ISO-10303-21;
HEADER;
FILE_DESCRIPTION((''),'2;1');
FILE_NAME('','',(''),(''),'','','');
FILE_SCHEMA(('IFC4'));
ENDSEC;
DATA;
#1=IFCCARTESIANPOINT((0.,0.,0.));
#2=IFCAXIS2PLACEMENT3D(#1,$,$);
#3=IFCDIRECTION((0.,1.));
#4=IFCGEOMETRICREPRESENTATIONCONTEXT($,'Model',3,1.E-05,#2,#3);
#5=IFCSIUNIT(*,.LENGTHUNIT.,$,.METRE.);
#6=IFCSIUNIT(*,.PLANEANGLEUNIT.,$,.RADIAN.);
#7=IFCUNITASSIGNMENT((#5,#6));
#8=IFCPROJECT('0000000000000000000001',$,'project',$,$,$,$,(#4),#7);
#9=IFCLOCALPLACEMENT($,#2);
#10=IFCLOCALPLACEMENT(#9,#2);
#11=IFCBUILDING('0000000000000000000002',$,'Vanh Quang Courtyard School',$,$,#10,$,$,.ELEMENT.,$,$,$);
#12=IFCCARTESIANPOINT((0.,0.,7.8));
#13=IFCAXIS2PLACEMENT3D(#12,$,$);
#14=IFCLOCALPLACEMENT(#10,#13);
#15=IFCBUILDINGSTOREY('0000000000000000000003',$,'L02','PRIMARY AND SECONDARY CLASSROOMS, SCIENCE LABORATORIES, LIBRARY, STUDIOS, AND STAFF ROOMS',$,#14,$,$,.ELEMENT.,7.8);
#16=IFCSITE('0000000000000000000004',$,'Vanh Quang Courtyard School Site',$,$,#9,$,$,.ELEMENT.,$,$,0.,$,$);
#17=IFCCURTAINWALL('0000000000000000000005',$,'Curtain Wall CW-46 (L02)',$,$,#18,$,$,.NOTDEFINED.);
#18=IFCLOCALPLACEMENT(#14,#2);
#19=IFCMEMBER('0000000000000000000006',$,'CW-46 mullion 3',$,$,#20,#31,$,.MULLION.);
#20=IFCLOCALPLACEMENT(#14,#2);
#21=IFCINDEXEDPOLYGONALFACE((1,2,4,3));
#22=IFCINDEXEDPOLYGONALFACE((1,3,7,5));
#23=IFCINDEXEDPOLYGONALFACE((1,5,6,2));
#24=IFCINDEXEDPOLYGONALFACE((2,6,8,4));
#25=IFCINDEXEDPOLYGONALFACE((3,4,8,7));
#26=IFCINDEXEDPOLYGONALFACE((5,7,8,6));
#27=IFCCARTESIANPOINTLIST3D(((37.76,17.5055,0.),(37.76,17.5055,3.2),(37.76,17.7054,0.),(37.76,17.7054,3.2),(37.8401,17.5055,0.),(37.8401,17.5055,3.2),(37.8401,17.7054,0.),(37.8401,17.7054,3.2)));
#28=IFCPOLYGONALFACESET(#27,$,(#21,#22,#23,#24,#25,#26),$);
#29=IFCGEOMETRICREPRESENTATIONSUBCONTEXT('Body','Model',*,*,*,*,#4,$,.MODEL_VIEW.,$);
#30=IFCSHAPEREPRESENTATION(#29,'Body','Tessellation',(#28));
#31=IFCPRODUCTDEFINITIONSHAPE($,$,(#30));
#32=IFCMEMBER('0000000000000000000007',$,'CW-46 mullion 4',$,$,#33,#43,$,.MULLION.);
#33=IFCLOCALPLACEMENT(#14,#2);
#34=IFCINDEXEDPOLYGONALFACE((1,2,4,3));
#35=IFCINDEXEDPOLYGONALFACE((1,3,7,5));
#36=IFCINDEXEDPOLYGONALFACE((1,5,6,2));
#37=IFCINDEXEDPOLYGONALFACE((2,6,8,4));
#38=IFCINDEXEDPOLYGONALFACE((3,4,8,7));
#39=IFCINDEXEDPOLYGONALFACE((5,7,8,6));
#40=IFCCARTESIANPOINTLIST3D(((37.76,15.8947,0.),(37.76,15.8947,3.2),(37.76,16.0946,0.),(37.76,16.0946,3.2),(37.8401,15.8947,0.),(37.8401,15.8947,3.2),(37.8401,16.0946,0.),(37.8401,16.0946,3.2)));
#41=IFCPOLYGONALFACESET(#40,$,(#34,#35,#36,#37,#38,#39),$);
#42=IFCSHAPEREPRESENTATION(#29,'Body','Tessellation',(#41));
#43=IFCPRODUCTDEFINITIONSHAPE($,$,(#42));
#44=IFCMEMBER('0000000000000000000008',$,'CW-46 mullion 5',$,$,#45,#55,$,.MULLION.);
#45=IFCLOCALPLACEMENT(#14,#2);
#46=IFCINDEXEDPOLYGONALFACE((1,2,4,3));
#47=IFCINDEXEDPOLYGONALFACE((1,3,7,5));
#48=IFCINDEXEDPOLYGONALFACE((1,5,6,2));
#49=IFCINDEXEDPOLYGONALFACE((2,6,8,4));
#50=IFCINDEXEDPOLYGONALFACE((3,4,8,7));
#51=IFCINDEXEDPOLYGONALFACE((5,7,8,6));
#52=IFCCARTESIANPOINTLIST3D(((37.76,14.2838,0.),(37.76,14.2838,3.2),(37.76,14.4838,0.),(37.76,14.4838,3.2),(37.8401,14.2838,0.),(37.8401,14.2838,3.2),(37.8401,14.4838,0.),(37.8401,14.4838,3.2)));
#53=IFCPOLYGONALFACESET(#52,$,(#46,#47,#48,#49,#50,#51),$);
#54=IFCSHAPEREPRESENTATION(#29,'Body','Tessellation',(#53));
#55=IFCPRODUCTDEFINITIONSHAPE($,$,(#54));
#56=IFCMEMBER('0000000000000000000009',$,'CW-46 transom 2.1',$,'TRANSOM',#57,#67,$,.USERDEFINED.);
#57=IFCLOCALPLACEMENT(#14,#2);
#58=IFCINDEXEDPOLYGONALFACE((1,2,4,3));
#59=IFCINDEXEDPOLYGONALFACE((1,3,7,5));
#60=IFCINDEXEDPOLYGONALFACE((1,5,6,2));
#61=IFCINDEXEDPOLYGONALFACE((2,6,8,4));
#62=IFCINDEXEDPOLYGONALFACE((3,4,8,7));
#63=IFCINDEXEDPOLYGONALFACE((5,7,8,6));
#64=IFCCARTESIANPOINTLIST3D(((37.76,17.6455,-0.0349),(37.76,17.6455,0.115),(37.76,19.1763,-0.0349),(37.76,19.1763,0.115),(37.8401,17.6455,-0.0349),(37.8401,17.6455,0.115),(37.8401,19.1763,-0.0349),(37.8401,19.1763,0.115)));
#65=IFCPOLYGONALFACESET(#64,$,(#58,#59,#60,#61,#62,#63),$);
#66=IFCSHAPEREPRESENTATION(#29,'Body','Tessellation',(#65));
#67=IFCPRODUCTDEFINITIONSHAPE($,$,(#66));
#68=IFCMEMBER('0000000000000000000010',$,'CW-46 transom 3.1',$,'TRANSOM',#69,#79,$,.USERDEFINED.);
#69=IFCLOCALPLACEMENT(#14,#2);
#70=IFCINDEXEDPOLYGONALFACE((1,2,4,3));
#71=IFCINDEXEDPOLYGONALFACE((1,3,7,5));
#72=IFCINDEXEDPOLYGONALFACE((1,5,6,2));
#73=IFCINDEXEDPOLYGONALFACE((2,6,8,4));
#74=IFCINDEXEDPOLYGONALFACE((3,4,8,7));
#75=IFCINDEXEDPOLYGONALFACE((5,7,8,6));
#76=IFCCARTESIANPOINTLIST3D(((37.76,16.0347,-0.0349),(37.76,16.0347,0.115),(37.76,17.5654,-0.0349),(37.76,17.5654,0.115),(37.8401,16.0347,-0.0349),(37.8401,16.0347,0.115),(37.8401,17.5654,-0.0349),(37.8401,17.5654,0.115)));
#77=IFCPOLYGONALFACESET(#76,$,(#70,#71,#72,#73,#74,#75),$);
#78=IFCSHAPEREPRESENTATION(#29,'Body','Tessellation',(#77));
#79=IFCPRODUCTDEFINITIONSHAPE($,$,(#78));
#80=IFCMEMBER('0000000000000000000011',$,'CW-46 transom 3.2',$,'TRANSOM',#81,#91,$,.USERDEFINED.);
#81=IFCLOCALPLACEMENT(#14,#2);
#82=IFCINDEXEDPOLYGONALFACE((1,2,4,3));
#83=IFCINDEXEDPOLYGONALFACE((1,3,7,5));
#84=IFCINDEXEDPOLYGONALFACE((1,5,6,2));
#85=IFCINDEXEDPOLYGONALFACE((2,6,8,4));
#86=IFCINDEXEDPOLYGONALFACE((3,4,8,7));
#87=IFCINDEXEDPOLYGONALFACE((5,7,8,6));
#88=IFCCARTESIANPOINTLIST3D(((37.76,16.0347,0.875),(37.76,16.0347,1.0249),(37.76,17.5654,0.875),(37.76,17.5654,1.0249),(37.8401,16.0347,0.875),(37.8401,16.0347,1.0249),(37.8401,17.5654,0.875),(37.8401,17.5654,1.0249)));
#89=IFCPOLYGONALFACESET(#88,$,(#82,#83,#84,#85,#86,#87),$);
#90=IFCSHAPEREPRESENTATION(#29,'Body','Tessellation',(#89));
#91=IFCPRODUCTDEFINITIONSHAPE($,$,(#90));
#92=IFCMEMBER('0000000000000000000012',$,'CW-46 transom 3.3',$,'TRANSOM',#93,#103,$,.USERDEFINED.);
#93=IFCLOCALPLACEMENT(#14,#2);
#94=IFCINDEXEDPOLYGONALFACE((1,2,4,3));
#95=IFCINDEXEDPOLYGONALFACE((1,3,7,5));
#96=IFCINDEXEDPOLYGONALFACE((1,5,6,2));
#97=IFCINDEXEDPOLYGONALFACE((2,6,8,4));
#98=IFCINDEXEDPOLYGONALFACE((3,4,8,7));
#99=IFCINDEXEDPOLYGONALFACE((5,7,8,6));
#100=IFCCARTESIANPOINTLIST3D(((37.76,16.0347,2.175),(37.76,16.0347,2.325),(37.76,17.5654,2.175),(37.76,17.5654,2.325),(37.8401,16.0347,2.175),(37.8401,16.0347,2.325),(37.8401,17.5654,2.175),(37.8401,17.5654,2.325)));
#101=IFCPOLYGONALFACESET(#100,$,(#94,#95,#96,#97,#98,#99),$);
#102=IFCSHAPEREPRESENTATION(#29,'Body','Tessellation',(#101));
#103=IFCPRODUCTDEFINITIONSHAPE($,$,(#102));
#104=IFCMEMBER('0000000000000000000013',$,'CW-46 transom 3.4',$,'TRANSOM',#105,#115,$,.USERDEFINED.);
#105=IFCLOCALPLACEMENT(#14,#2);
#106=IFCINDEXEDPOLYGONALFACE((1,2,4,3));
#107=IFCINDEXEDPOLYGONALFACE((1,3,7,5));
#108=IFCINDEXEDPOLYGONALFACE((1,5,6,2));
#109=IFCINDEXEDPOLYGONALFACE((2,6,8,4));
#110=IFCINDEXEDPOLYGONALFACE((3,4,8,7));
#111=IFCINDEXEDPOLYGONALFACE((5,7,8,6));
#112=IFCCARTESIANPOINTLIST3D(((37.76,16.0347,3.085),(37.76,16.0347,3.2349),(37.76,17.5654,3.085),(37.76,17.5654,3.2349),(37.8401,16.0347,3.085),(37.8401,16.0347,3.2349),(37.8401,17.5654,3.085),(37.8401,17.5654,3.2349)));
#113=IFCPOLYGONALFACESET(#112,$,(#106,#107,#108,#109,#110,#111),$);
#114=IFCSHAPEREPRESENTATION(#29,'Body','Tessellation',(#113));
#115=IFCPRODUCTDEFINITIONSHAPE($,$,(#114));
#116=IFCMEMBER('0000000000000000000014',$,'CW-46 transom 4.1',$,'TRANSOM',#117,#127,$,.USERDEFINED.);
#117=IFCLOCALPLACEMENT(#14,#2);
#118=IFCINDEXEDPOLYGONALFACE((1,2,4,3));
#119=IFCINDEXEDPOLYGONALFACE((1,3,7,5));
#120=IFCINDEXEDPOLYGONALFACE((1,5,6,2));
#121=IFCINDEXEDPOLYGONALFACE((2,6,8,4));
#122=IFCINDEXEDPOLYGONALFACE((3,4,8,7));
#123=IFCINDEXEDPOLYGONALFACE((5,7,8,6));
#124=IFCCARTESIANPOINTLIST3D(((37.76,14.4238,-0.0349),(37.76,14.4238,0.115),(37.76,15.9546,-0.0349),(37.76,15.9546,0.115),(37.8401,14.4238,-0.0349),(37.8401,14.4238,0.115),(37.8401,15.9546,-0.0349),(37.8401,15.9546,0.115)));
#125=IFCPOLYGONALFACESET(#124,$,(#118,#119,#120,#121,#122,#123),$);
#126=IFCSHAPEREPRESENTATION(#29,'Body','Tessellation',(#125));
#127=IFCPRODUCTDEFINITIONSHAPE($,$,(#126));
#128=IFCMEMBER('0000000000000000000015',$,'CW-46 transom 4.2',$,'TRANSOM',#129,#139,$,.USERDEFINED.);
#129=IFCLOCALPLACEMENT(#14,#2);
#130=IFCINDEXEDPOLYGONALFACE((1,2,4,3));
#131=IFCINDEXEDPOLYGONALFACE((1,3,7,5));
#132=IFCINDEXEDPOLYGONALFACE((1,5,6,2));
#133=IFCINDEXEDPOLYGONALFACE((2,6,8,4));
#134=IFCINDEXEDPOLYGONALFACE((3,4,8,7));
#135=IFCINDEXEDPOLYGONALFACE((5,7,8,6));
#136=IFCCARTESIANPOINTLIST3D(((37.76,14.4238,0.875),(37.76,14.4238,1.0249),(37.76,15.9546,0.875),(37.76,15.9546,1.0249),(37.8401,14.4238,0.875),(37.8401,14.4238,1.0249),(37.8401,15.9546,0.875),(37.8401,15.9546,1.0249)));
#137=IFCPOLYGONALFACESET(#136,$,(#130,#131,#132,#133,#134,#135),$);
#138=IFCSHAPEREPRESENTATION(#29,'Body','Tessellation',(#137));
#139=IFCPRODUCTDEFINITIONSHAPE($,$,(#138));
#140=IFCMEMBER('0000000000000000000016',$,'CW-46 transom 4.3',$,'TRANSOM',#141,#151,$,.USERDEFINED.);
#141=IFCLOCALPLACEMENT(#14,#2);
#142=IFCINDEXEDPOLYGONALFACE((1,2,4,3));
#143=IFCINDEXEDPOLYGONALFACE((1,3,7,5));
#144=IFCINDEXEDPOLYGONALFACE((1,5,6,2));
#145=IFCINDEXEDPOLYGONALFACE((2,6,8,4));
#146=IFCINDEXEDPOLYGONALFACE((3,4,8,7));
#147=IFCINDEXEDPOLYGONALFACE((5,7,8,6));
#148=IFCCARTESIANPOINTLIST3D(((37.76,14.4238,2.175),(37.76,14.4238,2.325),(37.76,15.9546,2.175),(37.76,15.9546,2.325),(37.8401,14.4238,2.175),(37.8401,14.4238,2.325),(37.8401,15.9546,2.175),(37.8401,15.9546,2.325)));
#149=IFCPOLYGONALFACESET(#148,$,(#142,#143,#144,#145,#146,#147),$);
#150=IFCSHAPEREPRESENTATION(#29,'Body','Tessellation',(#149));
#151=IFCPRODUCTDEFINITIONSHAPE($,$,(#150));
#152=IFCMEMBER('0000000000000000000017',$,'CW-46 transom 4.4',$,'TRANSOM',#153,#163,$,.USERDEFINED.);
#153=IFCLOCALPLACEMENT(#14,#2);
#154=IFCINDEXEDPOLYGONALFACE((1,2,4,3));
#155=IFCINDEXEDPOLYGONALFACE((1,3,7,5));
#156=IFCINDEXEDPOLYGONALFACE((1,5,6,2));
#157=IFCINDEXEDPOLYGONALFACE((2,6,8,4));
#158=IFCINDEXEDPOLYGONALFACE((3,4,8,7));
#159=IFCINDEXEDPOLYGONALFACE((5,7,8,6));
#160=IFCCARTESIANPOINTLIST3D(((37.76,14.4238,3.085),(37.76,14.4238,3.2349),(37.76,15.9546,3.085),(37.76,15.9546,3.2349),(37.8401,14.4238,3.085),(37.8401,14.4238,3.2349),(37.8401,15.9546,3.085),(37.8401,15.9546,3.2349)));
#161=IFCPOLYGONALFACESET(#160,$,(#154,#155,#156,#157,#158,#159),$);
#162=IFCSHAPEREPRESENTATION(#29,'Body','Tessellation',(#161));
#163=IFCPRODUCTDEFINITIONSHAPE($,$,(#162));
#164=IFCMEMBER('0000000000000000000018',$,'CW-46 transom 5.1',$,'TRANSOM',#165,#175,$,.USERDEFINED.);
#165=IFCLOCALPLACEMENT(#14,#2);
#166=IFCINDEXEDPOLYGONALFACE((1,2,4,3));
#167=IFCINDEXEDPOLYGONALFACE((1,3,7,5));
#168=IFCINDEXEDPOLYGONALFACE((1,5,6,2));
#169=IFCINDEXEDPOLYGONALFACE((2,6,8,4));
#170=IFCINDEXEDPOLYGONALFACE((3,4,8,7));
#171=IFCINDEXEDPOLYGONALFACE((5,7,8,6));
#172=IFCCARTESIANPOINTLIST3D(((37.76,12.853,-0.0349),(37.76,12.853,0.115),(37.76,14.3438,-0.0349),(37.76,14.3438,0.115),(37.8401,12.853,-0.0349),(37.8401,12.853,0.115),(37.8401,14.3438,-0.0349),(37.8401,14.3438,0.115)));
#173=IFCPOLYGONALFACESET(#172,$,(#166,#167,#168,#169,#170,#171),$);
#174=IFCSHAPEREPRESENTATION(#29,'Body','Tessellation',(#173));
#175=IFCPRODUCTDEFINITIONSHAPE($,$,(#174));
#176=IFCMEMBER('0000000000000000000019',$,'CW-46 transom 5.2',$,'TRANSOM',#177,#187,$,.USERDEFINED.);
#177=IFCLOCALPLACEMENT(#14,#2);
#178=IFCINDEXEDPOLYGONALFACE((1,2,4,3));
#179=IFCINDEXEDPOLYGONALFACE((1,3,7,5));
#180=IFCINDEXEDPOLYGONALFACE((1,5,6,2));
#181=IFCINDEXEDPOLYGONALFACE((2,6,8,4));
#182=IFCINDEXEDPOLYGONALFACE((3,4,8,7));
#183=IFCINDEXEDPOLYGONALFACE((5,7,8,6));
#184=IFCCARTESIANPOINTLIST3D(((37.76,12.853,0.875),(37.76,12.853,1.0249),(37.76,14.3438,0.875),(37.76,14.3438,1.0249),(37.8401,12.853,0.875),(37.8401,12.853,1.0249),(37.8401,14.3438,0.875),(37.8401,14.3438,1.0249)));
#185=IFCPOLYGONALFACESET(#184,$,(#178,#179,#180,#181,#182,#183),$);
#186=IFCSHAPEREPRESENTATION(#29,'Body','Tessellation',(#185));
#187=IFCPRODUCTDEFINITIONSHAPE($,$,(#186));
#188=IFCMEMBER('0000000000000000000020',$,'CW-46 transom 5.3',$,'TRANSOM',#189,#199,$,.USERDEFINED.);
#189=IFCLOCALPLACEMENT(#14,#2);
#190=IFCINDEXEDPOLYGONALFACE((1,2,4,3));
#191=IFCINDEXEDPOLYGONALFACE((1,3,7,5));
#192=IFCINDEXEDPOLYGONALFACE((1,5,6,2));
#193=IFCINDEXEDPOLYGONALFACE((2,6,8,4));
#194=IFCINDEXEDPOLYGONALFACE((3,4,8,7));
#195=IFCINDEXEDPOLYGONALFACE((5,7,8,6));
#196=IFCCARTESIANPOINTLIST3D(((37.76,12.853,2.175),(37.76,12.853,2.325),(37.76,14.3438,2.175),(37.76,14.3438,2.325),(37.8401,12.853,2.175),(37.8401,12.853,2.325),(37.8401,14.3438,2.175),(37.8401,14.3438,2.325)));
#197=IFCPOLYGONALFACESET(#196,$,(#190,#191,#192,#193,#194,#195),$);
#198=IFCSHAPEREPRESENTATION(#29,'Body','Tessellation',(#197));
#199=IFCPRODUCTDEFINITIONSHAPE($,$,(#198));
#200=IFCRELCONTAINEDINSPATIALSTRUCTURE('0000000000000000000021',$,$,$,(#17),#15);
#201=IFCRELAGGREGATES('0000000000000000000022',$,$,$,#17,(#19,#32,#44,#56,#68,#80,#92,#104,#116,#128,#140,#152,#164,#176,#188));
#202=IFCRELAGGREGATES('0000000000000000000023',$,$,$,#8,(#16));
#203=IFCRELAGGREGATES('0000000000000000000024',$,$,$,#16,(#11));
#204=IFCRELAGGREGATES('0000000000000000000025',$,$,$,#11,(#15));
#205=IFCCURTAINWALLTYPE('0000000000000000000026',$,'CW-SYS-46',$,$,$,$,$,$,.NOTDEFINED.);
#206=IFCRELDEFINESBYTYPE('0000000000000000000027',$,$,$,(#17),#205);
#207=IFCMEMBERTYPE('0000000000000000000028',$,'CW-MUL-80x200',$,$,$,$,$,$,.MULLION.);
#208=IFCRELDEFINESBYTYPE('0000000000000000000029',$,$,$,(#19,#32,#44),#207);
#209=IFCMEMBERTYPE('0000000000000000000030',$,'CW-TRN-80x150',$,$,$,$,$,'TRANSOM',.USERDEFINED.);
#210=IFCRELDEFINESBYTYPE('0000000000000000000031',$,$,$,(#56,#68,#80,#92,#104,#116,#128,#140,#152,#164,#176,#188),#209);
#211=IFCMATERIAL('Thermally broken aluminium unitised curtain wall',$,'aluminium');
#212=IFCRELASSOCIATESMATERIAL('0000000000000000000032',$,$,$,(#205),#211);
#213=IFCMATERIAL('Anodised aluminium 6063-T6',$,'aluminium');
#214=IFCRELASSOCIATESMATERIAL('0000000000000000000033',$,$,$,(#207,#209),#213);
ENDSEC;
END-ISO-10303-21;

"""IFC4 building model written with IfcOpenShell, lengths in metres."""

from ifc_helpers import new_model, si_unit, direction, frame, origin, origin_2d, place, context, subcontext, project, spatial, rectangle, extrude, material, material_profile, profile_set, type_object, element, aggregate, save


model = new_model("IFC4")

# Units and contexts
model_context = context("Model", 3, precision=1e-05, world=origin(), true_north=direction((0.0, 1.0)))
body_context = subcontext(model_context, "Body", "Model", "MODEL_VIEW")
ifc_project = project(units=[si_unit("LENGTHUNIT", "METRE"), si_unit("PLANEANGLEUNIT", "RADIAN")], contexts=[model_context])

# Site, building, storey
site_placement = place(None, origin())
site = spatial("IfcSite", under=ifc_project, at=site_placement, Name="Vanh Quang Courtyard School Site", CompositionType="ELEMENT", RefElevation=0.0)
building_placement = place(site_placement, origin())
building = spatial("IfcBuilding", under=site, at=building_placement, Name="Vanh Quang Courtyard School", CompositionType="ELEMENT")
storey_placement = place(building_placement, frame((0.0, 0.0, 7.8)))
storey = spatial("IfcBuildingStorey", under=building, at=storey_placement, Name="L02", Description="PRIMARY AND SECONDARY CLASSROOMS, SCIENCE LABORATORIES, LIBRARY, STUDIOS, AND STAFF ROOMS", CompositionType="ELEMENT", Elevation=7.8)

# Curtain wall, members
ifc_material_1 = material(Name="Thermally broken aluminium unitised curtain wall", Category="aluminium")
curtain_wall_type = type_object("IfcCurtainWallType", Name="CW-SYS-46", PredefinedType="NOTDEFINED", material=ifc_material_1)
curtain_wall_placement = place(storey_placement, origin())
curtain_wall = element("IfcCurtainWall", 1, at=curtain_wall_placement, inside=storey, type_object=curtain_wall_type, Name="Curtain Wall CW-46 (L02)", PredefinedType="NOTDEFINED")
ifc_material_2 = material(Name="Anodised aluminium 6063-T6", Category="aluminium")
ifc_material_profile_1 = material_profile(ifc_material_2, rectangle(XDim=0.0801, YDim=0.2, at=origin_2d()), Name="ALU-MUL 80x200")
ifc_profile_set_1 = profile_set([ifc_material_profile_1], Name="Anodised aluminium 6063-T6")
member_type_1 = type_object("IfcMemberType", Name="CW-MUL-80x200", PredefinedType="MULLION", material=ifc_profile_set_1)
member_1_placement = place(storey_placement, frame((37.8, 17.6055, 0.0), z_axis=(0.0, 0.0, 1.0), x_axis=(1.0, 0.0, 0.0)))
member_1 = element("IfcMember", 2, at=member_1_placement, type_object=member_type_1, Name="CW-46 mullion 3", PredefinedType="MULLION", context=body_context, shape_type="SweptSolid", body=[
    extrude(rectangle(XDim=0.0801, YDim=0.2, at=origin_2d()), origin(), (0.0, 0.0, 1.0), 3.2),
])
member_2_placement = place(storey_placement, frame((37.8, 15.9946, 0.0), z_axis=(0.0, 0.0, 1.0), x_axis=(1.0, 0.0, 0.0)))
member_2 = element("IfcMember", 3, at=member_2_placement, type_object=member_type_1, Name="CW-46 mullion 4", PredefinedType="MULLION", context=body_context, shape_type="SweptSolid", body=[
    extrude(rectangle(XDim=0.0801, YDim=0.2, at=origin_2d()), origin(), (0.0, 0.0, 1.0), 3.2),
])
member_3_placement = place(storey_placement, frame((37.8, 14.3838, 0.0), z_axis=(0.0, 0.0, 1.0), x_axis=(1.0, 0.0, 0.0)))
member_3 = element("IfcMember", 4, at=member_3_placement, type_object=member_type_1, Name="CW-46 mullion 5", PredefinedType="MULLION", context=body_context, shape_type="SweptSolid", body=[
    extrude(rectangle(XDim=0.0801, YDim=0.2, at=origin_2d()), origin(), (0.0, 0.0, 1.0), 3.2),
])
ifc_material_profile_2 = material_profile(ifc_material_2, rectangle(XDim=0.0801, YDim=0.1499, at=origin_2d()), Name="ALU-TRN 80x150")
ifc_profile_set_2 = profile_set([ifc_material_profile_2], Name="Anodised aluminium 6063-T6")
member_type_2 = type_object("IfcMemberType", Name="CW-TRN-80x150", ElementType="TRANSOM", PredefinedType="USERDEFINED", material=ifc_profile_set_2)
member_4_placement = place(storey_placement, frame((37.8, 19.1763, 0.04), z_axis=(0.0, -1.0, 0.0), x_axis=(1.0, 0.0, 0.0)))
member_4 = element("IfcMember", 5, at=member_4_placement, type_object=member_type_2, Name="CW-46 transom 2.1", ObjectType="TRANSOM", PredefinedType="USERDEFINED", context=body_context, shape_type="SweptSolid", body=[
    extrude(rectangle(XDim=0.0801, YDim=0.1499, at=origin_2d()), origin(), (0.0, 0.0, 1.0), 1.5308),
])
member_5_placement = place(storey_placement, frame((37.8, 17.5654, 0.04), z_axis=(0.0, -1.0, 0.0), x_axis=(1.0, 0.0, 0.0)))
member_5 = element("IfcMember", 6, at=member_5_placement, type_object=member_type_2, Name="CW-46 transom 3.1", ObjectType="TRANSOM", PredefinedType="USERDEFINED", context=body_context, shape_type="SweptSolid", body=[
    extrude(rectangle(XDim=0.0801, YDim=0.1499, at=origin_2d()), origin(), (0.0, 0.0, 1.0), 1.5308),
])
member_6_placement = place(storey_placement, frame((37.8, 17.5654, 0.95), z_axis=(0.0, -1.0, 0.0), x_axis=(1.0, 0.0, 0.0)))
member_6 = element("IfcMember", 7, at=member_6_placement, type_object=member_type_2, Name="CW-46 transom 3.2", ObjectType="TRANSOM", PredefinedType="USERDEFINED", context=body_context, shape_type="SweptSolid", body=[
    extrude(rectangle(XDim=0.0801, YDim=0.1499, at=origin_2d()), origin(), (0.0, 0.0, 1.0), 1.5308),
])
member_7_placement = place(storey_placement, frame((37.8, 17.5654, 2.25), z_axis=(0.0, -1.0, 0.0), x_axis=(1.0, 0.0, 0.0)))
member_7 = element("IfcMember", 8, at=member_7_placement, type_object=member_type_2, Name="CW-46 transom 3.3", ObjectType="TRANSOM", PredefinedType="USERDEFINED", context=body_context, shape_type="SweptSolid", body=[
    extrude(rectangle(XDim=0.0801, YDim=0.1499, at=origin_2d()), origin(), (0.0, 0.0, 1.0), 1.5308),
])
member_8_placement = place(storey_placement, frame((37.8, 17.5654, 3.1599), z_axis=(0.0, -1.0, 0.0), x_axis=(1.0, 0.0, 0.0)))
member_8 = element("IfcMember", 9, at=member_8_placement, type_object=member_type_2, Name="CW-46 transom 3.4", ObjectType="TRANSOM", PredefinedType="USERDEFINED", context=body_context, shape_type="SweptSolid", body=[
    extrude(rectangle(XDim=0.0801, YDim=0.1499, at=origin_2d()), origin(), (0.0, 0.0, 1.0), 1.5308),
])
member_9_placement = place(storey_placement, frame((37.8, 15.9546, 0.04), z_axis=(0.0, -1.0, 0.0), x_axis=(1.0, 0.0, 0.0)))
member_9 = element("IfcMember", 10, at=member_9_placement, type_object=member_type_2, Name="CW-46 transom 4.1", ObjectType="TRANSOM", PredefinedType="USERDEFINED", context=body_context, shape_type="SweptSolid", body=[
    extrude(rectangle(XDim=0.0801, YDim=0.1499, at=origin_2d()), origin(), (0.0, 0.0, 1.0), 1.5308),
])
member_10_placement = place(storey_placement, frame((37.8, 15.9546, 0.95), z_axis=(0.0, -1.0, 0.0), x_axis=(1.0, 0.0, 0.0)))
member_10 = element("IfcMember", 11, at=member_10_placement, type_object=member_type_2, Name="CW-46 transom 4.2", ObjectType="TRANSOM", PredefinedType="USERDEFINED", context=body_context, shape_type="SweptSolid", body=[
    extrude(rectangle(XDim=0.0801, YDim=0.1499, at=origin_2d()), origin(), (0.0, 0.0, 1.0), 1.5308),
])
member_11_placement = place(storey_placement, frame((37.8, 15.9546, 2.25), z_axis=(0.0, -1.0, 0.0), x_axis=(1.0, 0.0, 0.0)))
member_11 = element("IfcMember", 12, at=member_11_placement, type_object=member_type_2, Name="CW-46 transom 4.3", ObjectType="TRANSOM", PredefinedType="USERDEFINED", context=body_context, shape_type="SweptSolid", body=[
    extrude(rectangle(XDim=0.0801, YDim=0.1499, at=origin_2d()), origin(), (0.0, 0.0, 1.0), 1.5308),
])
member_12_placement = place(storey_placement, frame((37.8, 15.9546, 3.1599), z_axis=(0.0, -1.0, 0.0), x_axis=(1.0, 0.0, 0.0)))
member_12 = element("IfcMember", 13, at=member_12_placement, type_object=member_type_2, Name="CW-46 transom 4.4", ObjectType="TRANSOM", PredefinedType="USERDEFINED", context=body_context, shape_type="SweptSolid", body=[
    extrude(rectangle(XDim=0.0801, YDim=0.1499, at=origin_2d()), origin(), (0.0, 0.0, 1.0), 1.5308),
])
member_13_placement = place(storey_placement, frame((37.8, 14.3438, 0.04), z_axis=(0.0, -1.0, 0.0), x_axis=(1.0, 0.0, 0.0)))
member_13 = element("IfcMember", 14, at=member_13_placement, type_object=member_type_2, Name="CW-46 transom 5.1", ObjectType="TRANSOM", PredefinedType="USERDEFINED", context=body_context, shape_type="SweptSolid", body=[
    extrude(rectangle(XDim=0.0801, YDim=0.1499, at=origin_2d()), origin(), (0.0, 0.0, 1.0), 1.4907),
])
member_14_placement = place(storey_placement, frame((37.8, 14.3438, 0.95), z_axis=(0.0, -1.0, 0.0), x_axis=(1.0, 0.0, 0.0)))
member_14 = element("IfcMember", 15, at=member_14_placement, type_object=member_type_2, Name="CW-46 transom 5.2", ObjectType="TRANSOM", PredefinedType="USERDEFINED", context=body_context, shape_type="SweptSolid", body=[
    extrude(rectangle(XDim=0.0801, YDim=0.1499, at=origin_2d()), origin(), (0.0, 0.0, 1.0), 1.4907),
])
member_15_placement = place(storey_placement, frame((37.8, 14.3438, 2.25), z_axis=(0.0, -1.0, 0.0), x_axis=(1.0, 0.0, 0.0)))
member_15 = element("IfcMember", 16, at=member_15_placement, type_object=member_type_2, Name="CW-46 transom 5.3", ObjectType="TRANSOM", PredefinedType="USERDEFINED", context=body_context, shape_type="SweptSolid", body=[
    extrude(rectangle(XDim=0.0801, YDim=0.1499, at=origin_2d()), origin(), (0.0, 0.0, 1.0), 1.4907),
])
aggregate(curtain_wall, [member_1, member_2, member_3, member_4, member_5, member_6, member_7, member_8, member_9, member_10, member_11, member_12, member_13, member_14, member_15])

save(model, "model.ifc")
